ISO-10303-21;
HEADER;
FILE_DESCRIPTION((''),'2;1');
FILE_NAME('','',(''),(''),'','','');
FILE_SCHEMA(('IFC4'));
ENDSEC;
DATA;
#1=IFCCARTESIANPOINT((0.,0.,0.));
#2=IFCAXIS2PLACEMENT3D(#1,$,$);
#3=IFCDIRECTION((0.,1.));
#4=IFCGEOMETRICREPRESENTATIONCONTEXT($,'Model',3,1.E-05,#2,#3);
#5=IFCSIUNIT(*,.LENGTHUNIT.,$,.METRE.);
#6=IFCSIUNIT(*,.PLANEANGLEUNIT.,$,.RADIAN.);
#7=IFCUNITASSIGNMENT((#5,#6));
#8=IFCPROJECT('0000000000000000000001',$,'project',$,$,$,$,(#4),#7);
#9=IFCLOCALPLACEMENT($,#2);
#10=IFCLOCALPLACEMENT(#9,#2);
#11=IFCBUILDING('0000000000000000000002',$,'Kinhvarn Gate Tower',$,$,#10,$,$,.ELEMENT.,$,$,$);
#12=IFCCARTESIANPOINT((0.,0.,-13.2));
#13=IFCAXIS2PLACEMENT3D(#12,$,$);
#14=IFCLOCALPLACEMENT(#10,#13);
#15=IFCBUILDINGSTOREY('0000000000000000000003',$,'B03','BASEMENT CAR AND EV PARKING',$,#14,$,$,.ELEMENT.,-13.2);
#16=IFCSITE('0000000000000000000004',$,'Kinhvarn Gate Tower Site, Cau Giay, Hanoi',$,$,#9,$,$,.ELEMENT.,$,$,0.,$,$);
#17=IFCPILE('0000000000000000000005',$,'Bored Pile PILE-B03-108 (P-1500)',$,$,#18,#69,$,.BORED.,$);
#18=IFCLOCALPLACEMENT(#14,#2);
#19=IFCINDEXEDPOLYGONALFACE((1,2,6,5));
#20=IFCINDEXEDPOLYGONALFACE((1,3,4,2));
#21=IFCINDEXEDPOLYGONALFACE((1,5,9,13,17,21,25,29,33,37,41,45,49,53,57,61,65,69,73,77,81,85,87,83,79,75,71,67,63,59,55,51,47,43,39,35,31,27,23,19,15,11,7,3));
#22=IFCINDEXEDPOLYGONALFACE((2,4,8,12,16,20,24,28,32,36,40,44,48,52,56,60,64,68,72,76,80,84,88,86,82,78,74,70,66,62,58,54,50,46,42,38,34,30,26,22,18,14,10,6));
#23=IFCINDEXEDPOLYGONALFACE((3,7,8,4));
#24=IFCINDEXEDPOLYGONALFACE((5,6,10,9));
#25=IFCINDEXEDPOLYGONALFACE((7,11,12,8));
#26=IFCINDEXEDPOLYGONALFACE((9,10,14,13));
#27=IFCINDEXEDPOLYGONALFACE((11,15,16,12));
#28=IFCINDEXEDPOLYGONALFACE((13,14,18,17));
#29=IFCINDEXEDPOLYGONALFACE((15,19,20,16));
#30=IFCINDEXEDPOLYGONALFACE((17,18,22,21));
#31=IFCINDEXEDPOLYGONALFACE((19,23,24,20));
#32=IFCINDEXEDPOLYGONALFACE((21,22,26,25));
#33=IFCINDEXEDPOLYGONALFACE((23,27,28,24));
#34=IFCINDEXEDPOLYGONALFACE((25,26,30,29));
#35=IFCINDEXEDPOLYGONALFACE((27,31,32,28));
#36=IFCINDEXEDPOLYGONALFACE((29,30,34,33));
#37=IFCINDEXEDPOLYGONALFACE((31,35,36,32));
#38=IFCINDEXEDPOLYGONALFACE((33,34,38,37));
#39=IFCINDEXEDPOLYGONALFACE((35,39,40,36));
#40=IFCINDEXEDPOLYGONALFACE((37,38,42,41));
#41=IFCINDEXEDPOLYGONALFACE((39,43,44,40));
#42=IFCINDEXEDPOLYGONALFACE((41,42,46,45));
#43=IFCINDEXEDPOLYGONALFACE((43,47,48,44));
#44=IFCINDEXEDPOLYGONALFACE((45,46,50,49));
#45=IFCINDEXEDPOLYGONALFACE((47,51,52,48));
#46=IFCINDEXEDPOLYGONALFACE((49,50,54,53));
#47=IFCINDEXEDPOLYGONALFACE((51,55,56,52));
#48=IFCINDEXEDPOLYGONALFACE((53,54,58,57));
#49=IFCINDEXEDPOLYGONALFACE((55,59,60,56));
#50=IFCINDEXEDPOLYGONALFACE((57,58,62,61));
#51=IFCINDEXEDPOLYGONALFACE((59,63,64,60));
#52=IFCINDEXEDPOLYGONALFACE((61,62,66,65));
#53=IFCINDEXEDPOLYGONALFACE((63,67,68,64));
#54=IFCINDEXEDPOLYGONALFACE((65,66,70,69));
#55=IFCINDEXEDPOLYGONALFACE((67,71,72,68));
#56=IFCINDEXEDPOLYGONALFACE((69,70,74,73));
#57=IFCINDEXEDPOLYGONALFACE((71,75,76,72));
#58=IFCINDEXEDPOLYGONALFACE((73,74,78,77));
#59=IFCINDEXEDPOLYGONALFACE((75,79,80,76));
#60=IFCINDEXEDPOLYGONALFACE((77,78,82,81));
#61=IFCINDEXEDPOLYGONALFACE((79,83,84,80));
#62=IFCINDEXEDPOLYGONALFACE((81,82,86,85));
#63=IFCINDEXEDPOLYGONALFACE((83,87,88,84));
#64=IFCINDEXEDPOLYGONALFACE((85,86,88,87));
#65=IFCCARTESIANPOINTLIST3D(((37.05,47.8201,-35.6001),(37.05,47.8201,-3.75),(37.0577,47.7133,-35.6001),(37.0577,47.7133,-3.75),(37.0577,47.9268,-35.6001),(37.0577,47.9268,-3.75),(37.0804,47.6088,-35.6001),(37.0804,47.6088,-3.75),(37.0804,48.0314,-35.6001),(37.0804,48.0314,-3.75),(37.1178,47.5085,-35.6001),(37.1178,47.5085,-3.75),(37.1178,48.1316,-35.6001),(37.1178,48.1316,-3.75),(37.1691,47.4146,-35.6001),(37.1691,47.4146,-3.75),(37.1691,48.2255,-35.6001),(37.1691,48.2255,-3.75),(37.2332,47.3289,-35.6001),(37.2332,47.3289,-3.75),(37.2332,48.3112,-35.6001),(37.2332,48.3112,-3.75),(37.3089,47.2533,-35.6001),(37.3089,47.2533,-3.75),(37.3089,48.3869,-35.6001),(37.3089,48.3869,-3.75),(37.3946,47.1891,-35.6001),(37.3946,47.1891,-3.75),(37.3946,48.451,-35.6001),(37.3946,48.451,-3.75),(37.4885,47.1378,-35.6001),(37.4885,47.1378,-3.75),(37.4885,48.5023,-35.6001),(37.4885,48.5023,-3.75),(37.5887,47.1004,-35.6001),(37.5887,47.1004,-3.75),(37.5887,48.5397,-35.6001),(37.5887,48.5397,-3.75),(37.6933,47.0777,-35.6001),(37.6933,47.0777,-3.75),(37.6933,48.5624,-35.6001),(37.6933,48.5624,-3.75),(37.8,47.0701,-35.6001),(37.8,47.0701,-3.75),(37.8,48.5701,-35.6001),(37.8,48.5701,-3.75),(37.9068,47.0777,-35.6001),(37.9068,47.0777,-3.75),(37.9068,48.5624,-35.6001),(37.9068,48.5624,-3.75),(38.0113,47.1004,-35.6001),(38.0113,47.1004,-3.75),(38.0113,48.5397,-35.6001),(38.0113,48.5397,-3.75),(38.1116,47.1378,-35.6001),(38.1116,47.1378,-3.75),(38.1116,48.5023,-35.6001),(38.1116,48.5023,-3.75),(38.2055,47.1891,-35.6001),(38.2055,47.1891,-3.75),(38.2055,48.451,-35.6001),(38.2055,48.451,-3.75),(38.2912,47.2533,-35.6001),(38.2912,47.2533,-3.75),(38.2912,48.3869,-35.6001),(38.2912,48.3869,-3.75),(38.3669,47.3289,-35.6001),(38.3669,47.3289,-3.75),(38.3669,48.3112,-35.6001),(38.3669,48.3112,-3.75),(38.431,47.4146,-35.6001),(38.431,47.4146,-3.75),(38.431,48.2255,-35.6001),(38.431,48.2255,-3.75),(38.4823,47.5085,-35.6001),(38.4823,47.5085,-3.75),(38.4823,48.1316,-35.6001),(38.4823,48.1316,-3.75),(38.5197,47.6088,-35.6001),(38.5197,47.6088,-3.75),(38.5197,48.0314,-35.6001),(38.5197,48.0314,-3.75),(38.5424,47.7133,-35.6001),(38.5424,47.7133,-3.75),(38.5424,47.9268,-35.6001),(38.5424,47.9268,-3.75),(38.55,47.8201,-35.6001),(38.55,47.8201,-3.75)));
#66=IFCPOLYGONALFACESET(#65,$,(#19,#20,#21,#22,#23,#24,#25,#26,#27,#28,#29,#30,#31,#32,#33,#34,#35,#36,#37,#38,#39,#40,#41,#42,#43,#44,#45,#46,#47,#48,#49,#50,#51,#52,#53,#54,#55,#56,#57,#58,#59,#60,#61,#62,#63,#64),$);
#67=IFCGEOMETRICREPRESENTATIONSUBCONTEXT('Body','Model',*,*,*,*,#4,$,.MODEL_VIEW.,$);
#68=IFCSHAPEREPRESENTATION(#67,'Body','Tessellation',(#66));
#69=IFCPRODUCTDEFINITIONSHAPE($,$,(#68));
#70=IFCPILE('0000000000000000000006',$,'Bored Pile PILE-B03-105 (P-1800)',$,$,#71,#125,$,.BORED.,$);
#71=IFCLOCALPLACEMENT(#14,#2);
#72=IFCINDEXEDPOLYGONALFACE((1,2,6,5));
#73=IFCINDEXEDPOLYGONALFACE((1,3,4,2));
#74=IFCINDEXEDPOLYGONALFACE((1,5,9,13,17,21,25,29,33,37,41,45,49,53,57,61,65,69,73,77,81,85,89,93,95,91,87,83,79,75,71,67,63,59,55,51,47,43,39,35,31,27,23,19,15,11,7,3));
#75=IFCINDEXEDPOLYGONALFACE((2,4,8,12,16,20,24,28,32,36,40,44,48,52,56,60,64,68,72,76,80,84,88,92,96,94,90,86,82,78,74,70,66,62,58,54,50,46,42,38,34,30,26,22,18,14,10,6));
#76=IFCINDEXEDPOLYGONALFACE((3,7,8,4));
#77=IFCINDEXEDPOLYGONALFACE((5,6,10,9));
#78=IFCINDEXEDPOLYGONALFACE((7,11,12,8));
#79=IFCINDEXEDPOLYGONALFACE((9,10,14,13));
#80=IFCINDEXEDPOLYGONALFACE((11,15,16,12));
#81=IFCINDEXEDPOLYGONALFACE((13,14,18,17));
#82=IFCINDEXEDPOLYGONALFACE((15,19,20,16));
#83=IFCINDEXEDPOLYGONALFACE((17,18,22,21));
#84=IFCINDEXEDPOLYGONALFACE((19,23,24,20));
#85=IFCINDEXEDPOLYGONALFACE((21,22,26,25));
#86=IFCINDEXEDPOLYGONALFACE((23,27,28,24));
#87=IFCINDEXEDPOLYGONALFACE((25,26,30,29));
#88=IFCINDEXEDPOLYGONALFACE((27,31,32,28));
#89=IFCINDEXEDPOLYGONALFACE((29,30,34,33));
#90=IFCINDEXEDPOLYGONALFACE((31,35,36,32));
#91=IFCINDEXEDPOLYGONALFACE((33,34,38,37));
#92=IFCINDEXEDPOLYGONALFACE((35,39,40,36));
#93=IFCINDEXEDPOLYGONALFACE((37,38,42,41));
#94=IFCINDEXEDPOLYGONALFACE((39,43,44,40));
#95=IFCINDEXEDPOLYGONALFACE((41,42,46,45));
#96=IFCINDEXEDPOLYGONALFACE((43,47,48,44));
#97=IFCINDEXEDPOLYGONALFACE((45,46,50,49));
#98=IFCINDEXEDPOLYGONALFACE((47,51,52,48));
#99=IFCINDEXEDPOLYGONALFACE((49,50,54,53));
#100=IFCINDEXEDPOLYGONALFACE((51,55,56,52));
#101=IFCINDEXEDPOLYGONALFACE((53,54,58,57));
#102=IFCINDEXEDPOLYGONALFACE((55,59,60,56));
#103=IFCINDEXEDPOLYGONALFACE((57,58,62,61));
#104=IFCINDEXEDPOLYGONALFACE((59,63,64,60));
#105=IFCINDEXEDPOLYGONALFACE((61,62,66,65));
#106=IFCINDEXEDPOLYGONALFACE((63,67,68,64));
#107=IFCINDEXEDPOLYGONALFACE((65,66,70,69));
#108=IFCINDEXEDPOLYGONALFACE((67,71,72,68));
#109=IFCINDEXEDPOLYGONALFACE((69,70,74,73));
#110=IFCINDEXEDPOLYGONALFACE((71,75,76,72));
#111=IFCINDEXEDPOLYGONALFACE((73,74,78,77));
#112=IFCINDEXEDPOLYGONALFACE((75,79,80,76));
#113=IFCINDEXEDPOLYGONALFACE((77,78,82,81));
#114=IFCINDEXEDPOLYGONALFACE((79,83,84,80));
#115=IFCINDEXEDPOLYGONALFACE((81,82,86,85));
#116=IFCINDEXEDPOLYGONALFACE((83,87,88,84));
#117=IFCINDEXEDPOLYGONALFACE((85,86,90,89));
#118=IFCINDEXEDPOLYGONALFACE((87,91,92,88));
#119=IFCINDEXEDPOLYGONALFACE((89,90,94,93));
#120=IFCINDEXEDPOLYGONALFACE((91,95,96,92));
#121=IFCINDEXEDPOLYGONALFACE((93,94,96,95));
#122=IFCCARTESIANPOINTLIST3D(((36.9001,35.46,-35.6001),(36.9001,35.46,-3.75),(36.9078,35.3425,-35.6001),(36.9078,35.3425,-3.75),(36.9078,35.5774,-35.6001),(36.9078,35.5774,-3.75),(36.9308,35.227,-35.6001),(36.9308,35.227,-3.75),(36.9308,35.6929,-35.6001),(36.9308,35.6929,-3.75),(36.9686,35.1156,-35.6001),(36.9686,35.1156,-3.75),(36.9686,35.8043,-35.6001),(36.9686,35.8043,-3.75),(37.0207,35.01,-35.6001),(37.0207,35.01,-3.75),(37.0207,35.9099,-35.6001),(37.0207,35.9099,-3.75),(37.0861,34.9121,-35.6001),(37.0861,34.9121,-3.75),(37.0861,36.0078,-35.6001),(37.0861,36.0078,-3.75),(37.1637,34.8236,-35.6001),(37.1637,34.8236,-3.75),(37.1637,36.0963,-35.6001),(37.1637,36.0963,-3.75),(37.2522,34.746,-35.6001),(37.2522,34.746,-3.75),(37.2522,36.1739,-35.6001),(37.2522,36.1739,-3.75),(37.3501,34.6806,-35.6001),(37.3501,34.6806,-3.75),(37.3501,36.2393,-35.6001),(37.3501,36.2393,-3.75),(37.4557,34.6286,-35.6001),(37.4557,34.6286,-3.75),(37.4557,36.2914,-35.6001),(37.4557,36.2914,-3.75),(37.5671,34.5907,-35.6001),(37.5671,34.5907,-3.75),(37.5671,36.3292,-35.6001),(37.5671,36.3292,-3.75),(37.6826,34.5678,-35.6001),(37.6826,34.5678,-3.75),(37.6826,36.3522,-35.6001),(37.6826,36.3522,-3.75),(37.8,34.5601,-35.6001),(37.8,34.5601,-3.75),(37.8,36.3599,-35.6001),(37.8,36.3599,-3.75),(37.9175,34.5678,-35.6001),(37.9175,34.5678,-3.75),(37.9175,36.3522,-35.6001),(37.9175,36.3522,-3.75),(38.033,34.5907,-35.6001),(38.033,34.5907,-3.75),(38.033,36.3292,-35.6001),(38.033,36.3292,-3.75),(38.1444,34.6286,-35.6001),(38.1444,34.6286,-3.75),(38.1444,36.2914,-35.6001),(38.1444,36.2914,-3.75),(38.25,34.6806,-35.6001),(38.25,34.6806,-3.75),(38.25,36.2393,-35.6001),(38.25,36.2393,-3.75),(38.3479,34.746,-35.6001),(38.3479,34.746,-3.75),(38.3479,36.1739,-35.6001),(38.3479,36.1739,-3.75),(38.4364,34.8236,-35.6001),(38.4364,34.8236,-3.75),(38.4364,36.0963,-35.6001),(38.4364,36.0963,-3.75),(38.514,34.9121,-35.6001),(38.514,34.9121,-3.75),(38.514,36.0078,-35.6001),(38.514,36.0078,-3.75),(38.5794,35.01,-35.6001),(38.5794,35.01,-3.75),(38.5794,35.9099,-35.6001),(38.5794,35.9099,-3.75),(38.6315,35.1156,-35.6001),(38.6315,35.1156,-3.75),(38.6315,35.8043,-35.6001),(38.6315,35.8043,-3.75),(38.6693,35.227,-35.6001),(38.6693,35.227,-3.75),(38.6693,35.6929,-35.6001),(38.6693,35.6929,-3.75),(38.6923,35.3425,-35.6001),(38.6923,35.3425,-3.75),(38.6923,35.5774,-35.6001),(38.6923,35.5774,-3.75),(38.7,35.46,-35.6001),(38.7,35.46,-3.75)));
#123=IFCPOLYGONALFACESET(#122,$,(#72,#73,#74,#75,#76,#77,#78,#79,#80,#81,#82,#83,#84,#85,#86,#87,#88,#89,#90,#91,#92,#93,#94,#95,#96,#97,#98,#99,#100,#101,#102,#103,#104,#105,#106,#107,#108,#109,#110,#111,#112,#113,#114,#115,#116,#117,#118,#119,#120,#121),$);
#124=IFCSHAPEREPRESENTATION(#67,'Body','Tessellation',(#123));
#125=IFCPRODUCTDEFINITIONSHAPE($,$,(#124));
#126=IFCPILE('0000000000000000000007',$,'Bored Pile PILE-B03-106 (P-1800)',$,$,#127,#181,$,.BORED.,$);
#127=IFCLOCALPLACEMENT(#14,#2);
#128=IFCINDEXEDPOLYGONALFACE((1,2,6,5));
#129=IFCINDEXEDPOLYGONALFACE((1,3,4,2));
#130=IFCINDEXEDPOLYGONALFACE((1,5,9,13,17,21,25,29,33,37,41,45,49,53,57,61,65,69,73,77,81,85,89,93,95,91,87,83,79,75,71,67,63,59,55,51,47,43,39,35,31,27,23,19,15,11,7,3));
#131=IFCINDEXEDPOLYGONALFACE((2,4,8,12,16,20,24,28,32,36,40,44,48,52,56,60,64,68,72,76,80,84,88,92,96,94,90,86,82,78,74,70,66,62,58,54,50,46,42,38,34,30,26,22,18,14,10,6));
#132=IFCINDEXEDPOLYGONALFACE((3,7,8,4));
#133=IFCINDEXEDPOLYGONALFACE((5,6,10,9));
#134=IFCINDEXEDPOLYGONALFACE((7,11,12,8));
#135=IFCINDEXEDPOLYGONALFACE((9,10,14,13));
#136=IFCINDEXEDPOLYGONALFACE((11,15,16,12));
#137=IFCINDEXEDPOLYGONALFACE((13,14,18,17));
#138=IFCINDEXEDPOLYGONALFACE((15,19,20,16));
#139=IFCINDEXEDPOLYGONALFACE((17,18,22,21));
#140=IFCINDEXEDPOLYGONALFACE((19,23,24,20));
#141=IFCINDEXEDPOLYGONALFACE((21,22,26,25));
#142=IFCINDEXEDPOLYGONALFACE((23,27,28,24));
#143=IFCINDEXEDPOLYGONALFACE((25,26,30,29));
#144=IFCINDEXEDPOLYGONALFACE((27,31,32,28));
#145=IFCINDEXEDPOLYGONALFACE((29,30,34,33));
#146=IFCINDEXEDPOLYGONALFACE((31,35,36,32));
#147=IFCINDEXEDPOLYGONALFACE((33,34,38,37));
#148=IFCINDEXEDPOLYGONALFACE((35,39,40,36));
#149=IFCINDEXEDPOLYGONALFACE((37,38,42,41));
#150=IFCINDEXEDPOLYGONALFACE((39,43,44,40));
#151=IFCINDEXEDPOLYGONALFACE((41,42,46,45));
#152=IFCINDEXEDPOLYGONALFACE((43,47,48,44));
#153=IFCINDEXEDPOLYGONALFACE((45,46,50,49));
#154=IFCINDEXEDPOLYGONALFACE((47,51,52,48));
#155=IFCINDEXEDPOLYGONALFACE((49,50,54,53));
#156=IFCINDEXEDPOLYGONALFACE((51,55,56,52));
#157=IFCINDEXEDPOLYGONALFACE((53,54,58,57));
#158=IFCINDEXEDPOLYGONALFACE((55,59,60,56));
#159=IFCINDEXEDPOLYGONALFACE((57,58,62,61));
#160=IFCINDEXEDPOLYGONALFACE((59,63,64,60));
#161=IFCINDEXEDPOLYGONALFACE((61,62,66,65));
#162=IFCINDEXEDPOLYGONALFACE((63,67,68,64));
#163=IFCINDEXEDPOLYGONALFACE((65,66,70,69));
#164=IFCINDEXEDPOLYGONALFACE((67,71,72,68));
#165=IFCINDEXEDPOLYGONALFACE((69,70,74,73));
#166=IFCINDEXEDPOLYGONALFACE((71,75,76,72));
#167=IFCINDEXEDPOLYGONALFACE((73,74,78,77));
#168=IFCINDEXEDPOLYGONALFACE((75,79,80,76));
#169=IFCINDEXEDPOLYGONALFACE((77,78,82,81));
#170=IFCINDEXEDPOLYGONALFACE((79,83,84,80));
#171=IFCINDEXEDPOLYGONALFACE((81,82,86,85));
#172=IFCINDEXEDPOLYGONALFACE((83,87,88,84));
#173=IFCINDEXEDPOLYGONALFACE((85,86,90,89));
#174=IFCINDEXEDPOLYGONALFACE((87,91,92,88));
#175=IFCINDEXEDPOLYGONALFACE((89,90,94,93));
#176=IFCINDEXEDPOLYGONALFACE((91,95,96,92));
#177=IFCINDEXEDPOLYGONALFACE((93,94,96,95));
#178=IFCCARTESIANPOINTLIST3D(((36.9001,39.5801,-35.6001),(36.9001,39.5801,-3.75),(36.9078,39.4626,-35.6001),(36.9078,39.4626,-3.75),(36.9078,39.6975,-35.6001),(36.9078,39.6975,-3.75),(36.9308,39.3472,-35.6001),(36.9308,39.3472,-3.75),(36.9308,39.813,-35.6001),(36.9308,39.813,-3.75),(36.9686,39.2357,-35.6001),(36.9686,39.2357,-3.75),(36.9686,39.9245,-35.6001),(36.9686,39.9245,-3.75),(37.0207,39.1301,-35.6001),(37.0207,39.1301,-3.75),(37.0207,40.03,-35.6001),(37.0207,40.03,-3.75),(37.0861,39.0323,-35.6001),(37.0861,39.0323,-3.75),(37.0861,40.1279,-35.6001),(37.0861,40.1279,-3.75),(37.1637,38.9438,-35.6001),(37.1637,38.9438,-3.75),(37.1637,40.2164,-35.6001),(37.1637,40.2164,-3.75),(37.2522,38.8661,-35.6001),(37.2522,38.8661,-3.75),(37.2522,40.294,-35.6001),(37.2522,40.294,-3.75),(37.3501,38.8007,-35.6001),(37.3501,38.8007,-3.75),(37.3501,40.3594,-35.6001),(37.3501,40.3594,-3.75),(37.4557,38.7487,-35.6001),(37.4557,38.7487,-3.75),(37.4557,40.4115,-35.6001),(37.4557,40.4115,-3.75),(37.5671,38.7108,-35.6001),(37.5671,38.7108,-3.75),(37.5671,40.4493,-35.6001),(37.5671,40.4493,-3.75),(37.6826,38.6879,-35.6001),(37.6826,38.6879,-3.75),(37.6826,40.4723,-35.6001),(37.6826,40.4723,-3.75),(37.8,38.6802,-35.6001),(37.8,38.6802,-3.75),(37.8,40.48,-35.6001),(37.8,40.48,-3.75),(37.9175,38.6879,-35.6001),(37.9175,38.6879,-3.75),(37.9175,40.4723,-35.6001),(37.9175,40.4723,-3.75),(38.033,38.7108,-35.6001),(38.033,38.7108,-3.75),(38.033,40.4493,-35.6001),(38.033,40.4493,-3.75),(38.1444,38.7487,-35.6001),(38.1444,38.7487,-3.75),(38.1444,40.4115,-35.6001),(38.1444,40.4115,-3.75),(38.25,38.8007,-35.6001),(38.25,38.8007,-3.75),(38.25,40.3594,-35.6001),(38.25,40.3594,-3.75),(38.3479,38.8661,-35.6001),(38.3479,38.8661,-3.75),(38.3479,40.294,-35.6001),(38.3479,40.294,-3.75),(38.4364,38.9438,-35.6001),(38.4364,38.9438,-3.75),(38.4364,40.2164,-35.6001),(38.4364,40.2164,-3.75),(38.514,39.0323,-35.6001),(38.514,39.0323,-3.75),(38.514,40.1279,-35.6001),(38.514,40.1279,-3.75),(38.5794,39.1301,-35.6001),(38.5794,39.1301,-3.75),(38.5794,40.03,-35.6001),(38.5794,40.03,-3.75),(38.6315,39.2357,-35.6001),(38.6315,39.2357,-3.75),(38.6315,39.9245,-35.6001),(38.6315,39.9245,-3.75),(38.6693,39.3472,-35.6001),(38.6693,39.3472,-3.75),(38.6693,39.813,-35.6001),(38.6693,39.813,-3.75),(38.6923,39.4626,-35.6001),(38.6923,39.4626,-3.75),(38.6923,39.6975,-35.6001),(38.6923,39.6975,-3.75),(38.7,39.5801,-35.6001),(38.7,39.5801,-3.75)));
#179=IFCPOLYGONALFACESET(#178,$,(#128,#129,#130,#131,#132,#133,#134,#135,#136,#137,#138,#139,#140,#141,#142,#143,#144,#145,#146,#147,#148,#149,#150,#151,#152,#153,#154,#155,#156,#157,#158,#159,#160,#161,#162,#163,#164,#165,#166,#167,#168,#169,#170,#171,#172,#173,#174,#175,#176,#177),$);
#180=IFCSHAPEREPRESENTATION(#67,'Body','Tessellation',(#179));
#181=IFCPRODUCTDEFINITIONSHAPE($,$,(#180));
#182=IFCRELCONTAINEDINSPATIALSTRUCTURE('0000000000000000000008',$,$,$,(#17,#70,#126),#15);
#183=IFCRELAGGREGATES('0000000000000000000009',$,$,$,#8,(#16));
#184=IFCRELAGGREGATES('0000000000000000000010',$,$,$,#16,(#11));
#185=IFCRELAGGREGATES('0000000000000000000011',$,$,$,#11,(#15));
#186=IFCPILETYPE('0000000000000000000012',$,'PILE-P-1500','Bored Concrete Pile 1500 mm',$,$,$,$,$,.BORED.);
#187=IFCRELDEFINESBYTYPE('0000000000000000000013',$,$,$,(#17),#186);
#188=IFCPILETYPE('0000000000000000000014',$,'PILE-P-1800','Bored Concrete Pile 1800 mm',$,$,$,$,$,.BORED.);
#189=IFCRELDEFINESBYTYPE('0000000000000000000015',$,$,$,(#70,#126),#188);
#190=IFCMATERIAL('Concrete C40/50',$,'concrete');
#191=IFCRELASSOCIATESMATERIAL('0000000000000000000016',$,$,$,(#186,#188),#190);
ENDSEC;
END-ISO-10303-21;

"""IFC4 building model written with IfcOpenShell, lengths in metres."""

from ifc_helpers import new_model, si_unit, direction, frame, origin, origin_2d, place, context, subcontext, project, spatial, circle, extrude, material, material_profile, profile_set, type_object, element, save


model = new_model("IFC4")

# Units and contexts
model_context = context("Model", 3, precision=1e-05, world=origin(), true_north=direction((0.0, 1.0)))
body_context = subcontext(model_context, "Body", "Model", "MODEL_VIEW")
ifc_project = project(units=[si_unit("LENGTHUNIT", "METRE"), si_unit("PLANEANGLEUNIT", "RADIAN")], contexts=[model_context])

# Site, building, storey
site_placement = place(None, origin())
site = spatial("IfcSite", under=ifc_project, at=site_placement, Name="Kinhvarn Gate Tower Site, Cau Giay, Hanoi", CompositionType="ELEMENT", RefElevation=0.0)
building_placement = place(site_placement, origin())
building = spatial("IfcBuilding", under=site, at=building_placement, Name="Kinhvarn Gate Tower", CompositionType="ELEMENT")
storey_placement = place(building_placement, frame((0.0, 0.0, -13.2)))
storey = spatial("IfcBuildingStorey", under=building, at=storey_placement, Name="B03", Description="BASEMENT CAR AND EV PARKING", CompositionType="ELEMENT", Elevation=-13.2)

# Piles
ifc_material = material(Name="Concrete C40/50", Category="concrete")
ifc_material_profile_1 = material_profile(ifc_material, circle(Radius=0.75, at=origin_2d()), Name="PILE D1500")
ifc_profile_set_1 = profile_set([ifc_material_profile_1], Name="Concrete C40/50")
pile_type_1 = type_object("IfcPileType", Name="PILE-P-1500", Description="Bored Concrete Pile 1500 mm", PredefinedType="BORED", material=ifc_profile_set_1)
for number, where, z_axis, x_axis, name in (
    (1, (37.8, 47.8201, -35.6001), (0.0, 0.0, 1.0), (1.0, 0.0, 0.0), "Bored Pile PILE-B03-108 (P-1500)"),
):
    element("IfcPile", number, at=place(storey_placement, frame(where, z_axis=z_axis, x_axis=x_axis)), inside=storey, type_object=pile_type_1, Name=name, PredefinedType="BORED", context=body_context, shape_type="SweptSolid", body=[
        extrude(circle(Radius=0.75, at=origin_2d()), origin(), (0.0, 0.0, 1.0), 31.8501),
    ])
ifc_material_profile_2 = material_profile(ifc_material, circle(Radius=0.8999, at=origin_2d()), Name="PILE D1800")
ifc_profile_set_2 = profile_set([ifc_material_profile_2], Name="Concrete C40/50")
pile_type_2 = type_object("IfcPileType", Name="PILE-P-1800", Description="Bored Concrete Pile 1800 mm", PredefinedType="BORED", material=ifc_profile_set_2)
for number, where, z_axis, x_axis, name in (
    (2, (37.8, 35.46, -35.6001), (0.0, 0.0, 1.0), (1.0, 0.0, 0.0), "Bored Pile PILE-B03-105 (P-1800)"),
    (3, (37.8, 39.5801, -35.6001), (0.0, 0.0, 1.0), (1.0, 0.0, 0.0), "Bored Pile PILE-B03-106 (P-1800)"),
):
    element("IfcPile", number, at=place(storey_placement, frame(where, z_axis=z_axis, x_axis=x_axis)), inside=storey, type_object=pile_type_2, Name=name, PredefinedType="BORED", context=body_context, shape_type="SweptSolid", body=[
        extrude(circle(Radius=0.8999, at=origin_2d()), origin(), (0.0, 0.0, 1.0), 31.8501),
    ])

save(model, "model.ifc")
